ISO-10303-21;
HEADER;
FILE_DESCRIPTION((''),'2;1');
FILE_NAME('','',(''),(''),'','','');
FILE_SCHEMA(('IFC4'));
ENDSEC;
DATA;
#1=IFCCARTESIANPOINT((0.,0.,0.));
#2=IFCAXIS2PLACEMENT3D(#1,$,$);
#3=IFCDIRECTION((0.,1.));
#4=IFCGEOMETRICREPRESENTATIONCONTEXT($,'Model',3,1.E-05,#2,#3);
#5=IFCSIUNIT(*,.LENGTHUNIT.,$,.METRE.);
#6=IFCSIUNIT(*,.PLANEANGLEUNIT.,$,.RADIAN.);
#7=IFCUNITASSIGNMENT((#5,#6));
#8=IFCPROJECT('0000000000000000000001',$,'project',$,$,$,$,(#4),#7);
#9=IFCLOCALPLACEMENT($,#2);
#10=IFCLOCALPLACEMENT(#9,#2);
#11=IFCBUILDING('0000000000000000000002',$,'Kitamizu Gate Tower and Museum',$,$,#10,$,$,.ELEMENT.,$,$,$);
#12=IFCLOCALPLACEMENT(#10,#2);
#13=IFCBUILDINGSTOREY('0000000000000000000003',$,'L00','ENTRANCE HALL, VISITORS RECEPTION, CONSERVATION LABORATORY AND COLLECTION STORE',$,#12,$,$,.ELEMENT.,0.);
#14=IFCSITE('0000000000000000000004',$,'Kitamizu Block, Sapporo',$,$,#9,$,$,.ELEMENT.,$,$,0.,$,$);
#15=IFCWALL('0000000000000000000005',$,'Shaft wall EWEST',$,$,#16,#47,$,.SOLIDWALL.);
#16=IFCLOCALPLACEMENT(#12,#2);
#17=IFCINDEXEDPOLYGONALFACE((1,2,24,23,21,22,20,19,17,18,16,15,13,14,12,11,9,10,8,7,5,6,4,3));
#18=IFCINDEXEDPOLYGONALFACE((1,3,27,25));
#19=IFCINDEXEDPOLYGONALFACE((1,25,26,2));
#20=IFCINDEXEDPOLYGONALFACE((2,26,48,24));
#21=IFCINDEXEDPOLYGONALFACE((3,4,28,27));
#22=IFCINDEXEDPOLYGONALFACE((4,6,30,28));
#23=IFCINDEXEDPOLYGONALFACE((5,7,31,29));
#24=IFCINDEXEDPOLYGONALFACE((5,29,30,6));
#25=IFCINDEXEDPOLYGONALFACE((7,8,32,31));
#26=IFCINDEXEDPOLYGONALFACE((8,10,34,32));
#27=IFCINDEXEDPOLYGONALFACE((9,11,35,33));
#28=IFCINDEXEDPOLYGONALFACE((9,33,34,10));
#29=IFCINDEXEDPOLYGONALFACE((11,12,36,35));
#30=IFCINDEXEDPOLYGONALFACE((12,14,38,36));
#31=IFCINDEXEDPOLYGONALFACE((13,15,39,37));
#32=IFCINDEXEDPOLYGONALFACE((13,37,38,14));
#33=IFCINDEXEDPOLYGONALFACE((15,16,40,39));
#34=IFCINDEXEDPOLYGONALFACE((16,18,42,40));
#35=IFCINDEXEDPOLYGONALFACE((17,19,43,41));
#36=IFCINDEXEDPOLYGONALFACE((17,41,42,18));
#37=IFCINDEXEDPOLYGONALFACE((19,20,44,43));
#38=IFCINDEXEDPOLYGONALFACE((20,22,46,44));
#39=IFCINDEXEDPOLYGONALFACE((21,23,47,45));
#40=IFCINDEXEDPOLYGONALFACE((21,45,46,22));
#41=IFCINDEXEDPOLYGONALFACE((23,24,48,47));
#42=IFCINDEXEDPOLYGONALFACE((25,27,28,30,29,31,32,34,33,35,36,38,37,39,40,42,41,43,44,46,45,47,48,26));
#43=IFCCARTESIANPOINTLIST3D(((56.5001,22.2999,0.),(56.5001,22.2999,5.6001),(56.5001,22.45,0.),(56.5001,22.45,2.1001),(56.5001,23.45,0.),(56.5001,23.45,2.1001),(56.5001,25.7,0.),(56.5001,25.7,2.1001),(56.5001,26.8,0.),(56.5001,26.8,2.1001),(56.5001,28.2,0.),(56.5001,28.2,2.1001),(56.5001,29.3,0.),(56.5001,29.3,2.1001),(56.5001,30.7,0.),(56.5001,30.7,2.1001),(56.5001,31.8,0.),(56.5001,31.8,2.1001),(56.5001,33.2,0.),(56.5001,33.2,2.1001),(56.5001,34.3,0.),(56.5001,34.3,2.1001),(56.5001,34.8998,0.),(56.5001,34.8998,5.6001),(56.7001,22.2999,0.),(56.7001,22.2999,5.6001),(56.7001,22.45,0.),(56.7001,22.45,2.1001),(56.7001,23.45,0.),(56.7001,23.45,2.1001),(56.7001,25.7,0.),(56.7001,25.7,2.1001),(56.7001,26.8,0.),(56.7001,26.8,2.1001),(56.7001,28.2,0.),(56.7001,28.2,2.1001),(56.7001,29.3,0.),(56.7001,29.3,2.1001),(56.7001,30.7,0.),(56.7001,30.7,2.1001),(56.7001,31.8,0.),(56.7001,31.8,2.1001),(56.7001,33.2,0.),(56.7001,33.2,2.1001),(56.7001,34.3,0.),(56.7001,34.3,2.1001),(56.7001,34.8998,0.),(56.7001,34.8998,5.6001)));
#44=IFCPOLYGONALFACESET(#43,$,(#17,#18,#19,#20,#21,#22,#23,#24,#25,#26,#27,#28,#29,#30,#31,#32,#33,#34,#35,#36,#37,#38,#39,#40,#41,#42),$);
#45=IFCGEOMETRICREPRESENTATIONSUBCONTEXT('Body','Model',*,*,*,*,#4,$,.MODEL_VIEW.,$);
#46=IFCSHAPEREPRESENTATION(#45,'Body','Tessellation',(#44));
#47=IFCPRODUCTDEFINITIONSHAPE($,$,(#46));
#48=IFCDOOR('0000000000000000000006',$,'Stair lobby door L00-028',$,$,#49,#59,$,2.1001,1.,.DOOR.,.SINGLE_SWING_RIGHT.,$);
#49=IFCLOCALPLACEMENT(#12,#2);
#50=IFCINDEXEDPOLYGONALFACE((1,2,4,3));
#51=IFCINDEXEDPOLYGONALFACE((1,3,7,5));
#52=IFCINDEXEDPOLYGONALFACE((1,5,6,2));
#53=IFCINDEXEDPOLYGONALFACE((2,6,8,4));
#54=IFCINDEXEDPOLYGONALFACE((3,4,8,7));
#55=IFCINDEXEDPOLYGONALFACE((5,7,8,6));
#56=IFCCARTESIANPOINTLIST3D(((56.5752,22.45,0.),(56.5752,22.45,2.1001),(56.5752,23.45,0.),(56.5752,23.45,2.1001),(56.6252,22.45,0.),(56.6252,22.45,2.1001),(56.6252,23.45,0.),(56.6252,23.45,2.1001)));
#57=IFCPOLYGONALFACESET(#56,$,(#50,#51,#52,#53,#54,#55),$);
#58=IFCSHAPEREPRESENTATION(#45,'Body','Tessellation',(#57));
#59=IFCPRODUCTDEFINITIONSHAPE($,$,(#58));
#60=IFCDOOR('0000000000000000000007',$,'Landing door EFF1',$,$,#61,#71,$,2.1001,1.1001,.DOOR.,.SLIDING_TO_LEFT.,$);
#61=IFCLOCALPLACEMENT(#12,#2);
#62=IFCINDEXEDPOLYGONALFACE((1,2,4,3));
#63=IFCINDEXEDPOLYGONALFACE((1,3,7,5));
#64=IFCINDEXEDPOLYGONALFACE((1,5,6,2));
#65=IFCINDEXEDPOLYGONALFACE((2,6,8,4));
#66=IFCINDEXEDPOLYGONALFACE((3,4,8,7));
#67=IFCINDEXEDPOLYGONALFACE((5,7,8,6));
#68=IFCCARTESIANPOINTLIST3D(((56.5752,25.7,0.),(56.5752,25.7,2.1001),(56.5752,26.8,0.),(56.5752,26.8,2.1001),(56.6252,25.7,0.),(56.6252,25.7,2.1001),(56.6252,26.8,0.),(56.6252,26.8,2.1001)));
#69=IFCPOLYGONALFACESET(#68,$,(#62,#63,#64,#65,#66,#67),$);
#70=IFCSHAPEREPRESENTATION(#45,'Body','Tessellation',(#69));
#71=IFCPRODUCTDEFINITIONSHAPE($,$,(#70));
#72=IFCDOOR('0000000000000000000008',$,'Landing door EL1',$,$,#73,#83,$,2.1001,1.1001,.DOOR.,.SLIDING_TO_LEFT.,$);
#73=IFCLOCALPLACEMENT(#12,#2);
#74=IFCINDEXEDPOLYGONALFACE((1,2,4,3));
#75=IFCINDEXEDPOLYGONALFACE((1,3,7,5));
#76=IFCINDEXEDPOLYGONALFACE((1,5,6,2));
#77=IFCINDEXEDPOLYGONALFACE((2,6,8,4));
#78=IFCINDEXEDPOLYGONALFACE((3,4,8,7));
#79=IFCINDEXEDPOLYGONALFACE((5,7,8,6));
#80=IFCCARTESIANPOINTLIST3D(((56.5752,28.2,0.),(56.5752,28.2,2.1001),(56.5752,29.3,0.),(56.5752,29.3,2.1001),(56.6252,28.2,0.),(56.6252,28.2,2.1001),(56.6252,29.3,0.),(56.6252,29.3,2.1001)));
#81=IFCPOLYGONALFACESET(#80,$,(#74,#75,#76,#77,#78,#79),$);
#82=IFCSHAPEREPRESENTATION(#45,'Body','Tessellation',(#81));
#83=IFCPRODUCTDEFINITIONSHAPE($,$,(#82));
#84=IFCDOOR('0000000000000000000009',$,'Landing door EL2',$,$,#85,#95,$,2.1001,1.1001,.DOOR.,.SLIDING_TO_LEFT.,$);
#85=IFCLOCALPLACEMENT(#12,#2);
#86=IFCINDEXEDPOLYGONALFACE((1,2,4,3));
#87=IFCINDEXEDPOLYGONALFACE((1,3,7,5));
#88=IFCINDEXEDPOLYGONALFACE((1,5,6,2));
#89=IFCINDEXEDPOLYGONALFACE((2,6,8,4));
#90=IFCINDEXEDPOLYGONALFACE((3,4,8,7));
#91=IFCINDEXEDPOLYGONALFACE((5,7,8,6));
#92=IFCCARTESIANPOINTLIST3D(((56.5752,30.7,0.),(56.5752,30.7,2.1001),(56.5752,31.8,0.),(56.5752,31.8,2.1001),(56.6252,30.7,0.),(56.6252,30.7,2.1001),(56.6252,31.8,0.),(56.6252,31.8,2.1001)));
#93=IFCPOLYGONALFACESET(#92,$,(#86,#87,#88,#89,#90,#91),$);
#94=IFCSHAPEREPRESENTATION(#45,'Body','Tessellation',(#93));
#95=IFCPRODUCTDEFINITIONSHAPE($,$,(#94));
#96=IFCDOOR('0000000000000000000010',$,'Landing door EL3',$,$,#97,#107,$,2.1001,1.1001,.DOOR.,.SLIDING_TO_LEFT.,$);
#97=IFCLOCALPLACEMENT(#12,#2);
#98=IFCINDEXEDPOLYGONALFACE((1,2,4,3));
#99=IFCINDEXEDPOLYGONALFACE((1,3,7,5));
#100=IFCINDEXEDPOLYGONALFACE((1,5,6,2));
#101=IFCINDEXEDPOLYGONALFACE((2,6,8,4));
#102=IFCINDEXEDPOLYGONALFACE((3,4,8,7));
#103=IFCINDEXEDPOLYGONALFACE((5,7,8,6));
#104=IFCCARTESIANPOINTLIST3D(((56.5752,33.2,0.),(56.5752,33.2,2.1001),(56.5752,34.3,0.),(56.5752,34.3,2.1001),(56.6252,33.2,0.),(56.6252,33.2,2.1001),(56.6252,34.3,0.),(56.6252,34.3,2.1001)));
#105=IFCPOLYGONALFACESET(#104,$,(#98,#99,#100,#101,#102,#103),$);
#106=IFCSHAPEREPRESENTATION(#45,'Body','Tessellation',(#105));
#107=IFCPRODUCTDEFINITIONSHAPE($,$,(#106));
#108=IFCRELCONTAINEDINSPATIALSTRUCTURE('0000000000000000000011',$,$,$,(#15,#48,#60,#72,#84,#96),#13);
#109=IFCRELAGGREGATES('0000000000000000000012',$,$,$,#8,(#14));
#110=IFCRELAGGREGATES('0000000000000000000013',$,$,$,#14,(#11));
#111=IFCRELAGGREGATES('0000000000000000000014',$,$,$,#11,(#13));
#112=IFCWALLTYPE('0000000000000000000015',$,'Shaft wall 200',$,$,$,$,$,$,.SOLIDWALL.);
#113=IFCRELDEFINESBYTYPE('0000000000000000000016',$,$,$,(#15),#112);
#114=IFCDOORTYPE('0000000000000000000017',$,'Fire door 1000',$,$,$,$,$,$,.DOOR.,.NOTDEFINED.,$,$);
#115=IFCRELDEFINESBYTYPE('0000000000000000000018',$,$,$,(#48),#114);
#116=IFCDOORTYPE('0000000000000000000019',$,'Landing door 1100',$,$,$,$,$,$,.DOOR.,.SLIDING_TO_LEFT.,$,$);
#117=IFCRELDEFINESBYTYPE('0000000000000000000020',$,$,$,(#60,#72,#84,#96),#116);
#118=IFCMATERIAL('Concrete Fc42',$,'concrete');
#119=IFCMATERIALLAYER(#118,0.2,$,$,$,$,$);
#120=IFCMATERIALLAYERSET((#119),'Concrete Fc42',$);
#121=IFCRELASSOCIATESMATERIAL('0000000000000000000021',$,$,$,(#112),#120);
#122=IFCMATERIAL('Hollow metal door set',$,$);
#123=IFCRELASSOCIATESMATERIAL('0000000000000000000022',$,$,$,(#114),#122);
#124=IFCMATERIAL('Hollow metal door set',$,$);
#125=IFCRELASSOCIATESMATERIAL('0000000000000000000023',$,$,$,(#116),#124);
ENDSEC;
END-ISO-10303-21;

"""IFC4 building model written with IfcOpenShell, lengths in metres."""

from ifc_helpers import new_model, si_unit, direction, frame, frame_2d, origin, place, context, subcontext, project, spatial, rectangle, extrude, material, layer, layer_set, type_object, element, fill, save


model = new_model("IFC4")

# Units and contexts
model_context = context("Model", 3, precision=1e-05, world=origin(), true_north=direction((0.0, 1.0)))
body_context = subcontext(model_context, "Body", "Model", "MODEL_VIEW")
ifc_project = project(units=[si_unit("LENGTHUNIT", "METRE"), si_unit("PLANEANGLEUNIT", "RADIAN")], contexts=[model_context])

# Site, building, storey
site_placement = place(None, origin())
site = spatial("IfcSite", under=ifc_project, at=site_placement, Name="Kitamizu Block, Sapporo", CompositionType="ELEMENT", RefElevation=0.0)
building_placement = place(site_placement, origin())
building = spatial("IfcBuilding", under=site, at=building_placement, Name="Kitamizu Gate Tower and Museum", CompositionType="ELEMENT")
storey_placement = place(building_placement, origin())
storey = spatial("IfcBuildingStorey", under=building, at=storey_placement, Name="L00", Description="ENTRANCE HALL, VISITORS RECEPTION, CONSERVATION LABORATORY AND COLLECTION STORE", CompositionType="ELEMENT", Elevation=0.0)

# Wall, openings, doors
ifc_material_1 = material(Name="Concrete Fc42", Category="concrete")
ifc_layer = layer(ifc_material_1, 0.2)
ifc_layer_set = layer_set([ifc_layer], Name="Concrete Fc42")
wall_type = type_object("IfcWallType", Name="Shaft wall 200", PredefinedType="SOLIDWALL", material=ifc_layer_set)
wall_1_placement = place(storey_placement, frame((56.6001, 22.3, 0.0), z_axis=(0.0, 0.0, 1.0), x_axis=(0.0, 1.0, 0.0)))
wall_1 = element("IfcWall", 1, at=wall_1_placement, inside=storey, type_object=wall_type, Name="Shaft wall EWEST", PredefinedType="SOLIDWALL", context=body_context, shape_type="SweptSolid", body=[
    extrude(rectangle(XDim=12.5999, YDim=0.2, at=frame_2d((6.2998, 0.0))), origin(), (0.0, 0.0, 1.0), 5.6001),
])
opening_1_placement = place(wall_1_placement, frame((3.3999, 0.0, 0.0)))
opening_1 = element("IfcOpeningElement", 2, at=opening_1_placement, cuts=wall_1, PredefinedType="OPENING", context=body_context, shape_type="SweptSolid", body=[
    extrude(rectangle(XDim=1.1001, YDim=2.1001, at=frame_2d((0.55, 1.05))), frame((0.0, 0.1099, 0.0), z_axis=(0.0, -1.0, 0.0), x_axis=(1.0, 0.0, 0.0)), (0.0, 0.0, 1.0), 0.22),
])
opening_2_placement = place(wall_1_placement, frame((5.8999, 0.0, 0.0)))
opening_2 = element("IfcOpeningElement", 3, at=opening_2_placement, cuts=wall_1, PredefinedType="OPENING", context=body_context, shape_type="SweptSolid", body=[
    extrude(rectangle(XDim=1.1001, YDim=2.1001, at=frame_2d((0.55, 1.05))), frame((0.0, 0.1099, 0.0), z_axis=(0.0, -1.0, 0.0), x_axis=(1.0, 0.0, 0.0)), (0.0, 0.0, 1.0), 0.22),
])
opening_3_placement = place(wall_1_placement, frame((8.3999, 0.0, 0.0)))
opening_3 = element("IfcOpeningElement", 4, at=opening_3_placement, cuts=wall_1, PredefinedType="OPENING", context=body_context, shape_type="SweptSolid", body=[
    extrude(rectangle(XDim=1.1001, YDim=2.1001, at=frame_2d((0.55, 1.05))), frame((0.0, 0.1099, 0.0), z_axis=(0.0, -1.0, 0.0), x_axis=(1.0, 0.0, 0.0)), (0.0, 0.0, 1.0), 0.22),
])
opening_4_placement = place(wall_1_placement, frame((10.8999, 0.0, 0.0)))
opening_4 = element("IfcOpeningElement", 5, at=opening_4_placement, cuts=wall_1, PredefinedType="OPENING", context=body_context, shape_type="SweptSolid", body=[
    extrude(rectangle(XDim=1.1001, YDim=2.1001, at=frame_2d((0.55, 1.05))), frame((0.0, 0.1099, 0.0), z_axis=(0.0, -1.0, 0.0), x_axis=(1.0, 0.0, 0.0)), (0.0, 0.0, 1.0), 0.22),
])
opening_5_placement = place(wall_1_placement, frame((0.1499, 0.0, 0.0)))
opening_5 = element("IfcOpeningElement", 6, at=opening_5_placement, cuts=wall_1, PredefinedType="OPENING", context=body_context, shape_type="SweptSolid", body=[
    extrude(rectangle(XDim=1.0, YDim=2.1001, at=frame_2d((0.5, 1.05))), frame((0.0, 0.1099, 0.0), z_axis=(0.0, -1.0, 0.0), x_axis=(1.0, 0.0, 0.0)), (0.0, 0.0, 1.0), 0.22),
])
ifc_material_2 = material(Name="Hollow metal door set")
door_type_1 = type_object("IfcDoorType", Name="Fire door 1000", OperationType="NOTDEFINED", PredefinedType="DOOR", material=ifc_material_2)
door_1_placement = place(opening_5_placement, origin())
door_1 = element("IfcDoor", 7, at=door_1_placement, inside=storey, type_object=door_type_1, Name="Stair lobby door L00-028", OperationType="SINGLE_SWING_RIGHT", OverallHeight=2.1001, OverallWidth=1.0, PredefinedType="DOOR", context=body_context, shape_type="SweptSolid", body=[
    extrude(rectangle(XDim=1.0, YDim=2.1001, at=frame_2d((0.5, 1.05))), frame((0.0, 0.0249, 0.0), z_axis=(0.0, -1.0, 0.0), x_axis=(1.0, 0.0, 0.0)), (0.0, 0.0, 1.0), 0.05),
])
fill(opening_5, door_1)
ifc_material_3 = material(Name="Hollow metal door set")
door_type_2 = type_object("IfcDoorType", Name="Landing door 1100", OperationType="SLIDING_TO_LEFT", PredefinedType="DOOR", material=ifc_material_3)
door_2_placement = place(opening_1_placement, origin())
door_2 = element("IfcDoor", 8, at=door_2_placement, inside=storey, type_object=door_type_2, Name="Landing door EFF1", OperationType="SLIDING_TO_LEFT", OverallHeight=2.1001, OverallWidth=1.1001, PredefinedType="DOOR", context=body_context, shape_type="SweptSolid", body=[
    extrude(rectangle(XDim=1.1001, YDim=2.1001, at=frame_2d((0.55, 1.05))), frame((0.0, 0.0249, 0.0), z_axis=(0.0, -1.0, 0.0), x_axis=(1.0, 0.0, 0.0)), (0.0, 0.0, 1.0), 0.05),
])
fill(opening_1, door_2)
door_3_placement = place(opening_2_placement, origin())
door_3 = element("IfcDoor", 9, at=door_3_placement, inside=storey, type_object=door_type_2, Name="Landing door EL1", OperationType="SLIDING_TO_LEFT", OverallHeight=2.1001, OverallWidth=1.1001, PredefinedType="DOOR", context=body_context, shape_type="SweptSolid", body=[
    extrude(rectangle(XDim=1.1001, YDim=2.1001, at=frame_2d((0.55, 1.05))), frame((0.0, 0.0249, 0.0), z_axis=(0.0, -1.0, 0.0), x_axis=(1.0, 0.0, 0.0)), (0.0, 0.0, 1.0), 0.05),
])
fill(opening_2, door_3)
door_4_placement = place(opening_3_placement, origin())
door_4 = element("IfcDoor", 10, at=door_4_placement, inside=storey, type_object=door_type_2, Name="Landing door EL2", OperationType="SLIDING_TO_LEFT", OverallHeight=2.1001, OverallWidth=1.1001, PredefinedType="DOOR", context=body_context, shape_type="SweptSolid", body=[
    extrude(rectangle(XDim=1.1001, YDim=2.1001, at=frame_2d((0.55, 1.05))), frame((0.0, 0.0249, 0.0), z_axis=(0.0, -1.0, 0.0), x_axis=(1.0, 0.0, 0.0)), (0.0, 0.0, 1.0), 0.05),
])
fill(opening_3, door_4)
door_5_placement = place(opening_4_placement, origin())
door_5 = element("IfcDoor", 11, at=door_5_placement, inside=storey, type_object=door_type_2, Name="Landing door EL3", OperationType="SLIDING_TO_LEFT", OverallHeight=2.1001, OverallWidth=1.1001, PredefinedType="DOOR", context=body_context, shape_type="SweptSolid", body=[
    extrude(rectangle(XDim=1.1001, YDim=2.1001, at=frame_2d((0.55, 1.05))), frame((0.0, 0.0249, 0.0), z_axis=(0.0, -1.0, 0.0), x_axis=(1.0, 0.0, 0.0)), (0.0, 0.0, 1.0), 0.05),
])
fill(opening_4, door_5)

save(model, "model.ifc")
